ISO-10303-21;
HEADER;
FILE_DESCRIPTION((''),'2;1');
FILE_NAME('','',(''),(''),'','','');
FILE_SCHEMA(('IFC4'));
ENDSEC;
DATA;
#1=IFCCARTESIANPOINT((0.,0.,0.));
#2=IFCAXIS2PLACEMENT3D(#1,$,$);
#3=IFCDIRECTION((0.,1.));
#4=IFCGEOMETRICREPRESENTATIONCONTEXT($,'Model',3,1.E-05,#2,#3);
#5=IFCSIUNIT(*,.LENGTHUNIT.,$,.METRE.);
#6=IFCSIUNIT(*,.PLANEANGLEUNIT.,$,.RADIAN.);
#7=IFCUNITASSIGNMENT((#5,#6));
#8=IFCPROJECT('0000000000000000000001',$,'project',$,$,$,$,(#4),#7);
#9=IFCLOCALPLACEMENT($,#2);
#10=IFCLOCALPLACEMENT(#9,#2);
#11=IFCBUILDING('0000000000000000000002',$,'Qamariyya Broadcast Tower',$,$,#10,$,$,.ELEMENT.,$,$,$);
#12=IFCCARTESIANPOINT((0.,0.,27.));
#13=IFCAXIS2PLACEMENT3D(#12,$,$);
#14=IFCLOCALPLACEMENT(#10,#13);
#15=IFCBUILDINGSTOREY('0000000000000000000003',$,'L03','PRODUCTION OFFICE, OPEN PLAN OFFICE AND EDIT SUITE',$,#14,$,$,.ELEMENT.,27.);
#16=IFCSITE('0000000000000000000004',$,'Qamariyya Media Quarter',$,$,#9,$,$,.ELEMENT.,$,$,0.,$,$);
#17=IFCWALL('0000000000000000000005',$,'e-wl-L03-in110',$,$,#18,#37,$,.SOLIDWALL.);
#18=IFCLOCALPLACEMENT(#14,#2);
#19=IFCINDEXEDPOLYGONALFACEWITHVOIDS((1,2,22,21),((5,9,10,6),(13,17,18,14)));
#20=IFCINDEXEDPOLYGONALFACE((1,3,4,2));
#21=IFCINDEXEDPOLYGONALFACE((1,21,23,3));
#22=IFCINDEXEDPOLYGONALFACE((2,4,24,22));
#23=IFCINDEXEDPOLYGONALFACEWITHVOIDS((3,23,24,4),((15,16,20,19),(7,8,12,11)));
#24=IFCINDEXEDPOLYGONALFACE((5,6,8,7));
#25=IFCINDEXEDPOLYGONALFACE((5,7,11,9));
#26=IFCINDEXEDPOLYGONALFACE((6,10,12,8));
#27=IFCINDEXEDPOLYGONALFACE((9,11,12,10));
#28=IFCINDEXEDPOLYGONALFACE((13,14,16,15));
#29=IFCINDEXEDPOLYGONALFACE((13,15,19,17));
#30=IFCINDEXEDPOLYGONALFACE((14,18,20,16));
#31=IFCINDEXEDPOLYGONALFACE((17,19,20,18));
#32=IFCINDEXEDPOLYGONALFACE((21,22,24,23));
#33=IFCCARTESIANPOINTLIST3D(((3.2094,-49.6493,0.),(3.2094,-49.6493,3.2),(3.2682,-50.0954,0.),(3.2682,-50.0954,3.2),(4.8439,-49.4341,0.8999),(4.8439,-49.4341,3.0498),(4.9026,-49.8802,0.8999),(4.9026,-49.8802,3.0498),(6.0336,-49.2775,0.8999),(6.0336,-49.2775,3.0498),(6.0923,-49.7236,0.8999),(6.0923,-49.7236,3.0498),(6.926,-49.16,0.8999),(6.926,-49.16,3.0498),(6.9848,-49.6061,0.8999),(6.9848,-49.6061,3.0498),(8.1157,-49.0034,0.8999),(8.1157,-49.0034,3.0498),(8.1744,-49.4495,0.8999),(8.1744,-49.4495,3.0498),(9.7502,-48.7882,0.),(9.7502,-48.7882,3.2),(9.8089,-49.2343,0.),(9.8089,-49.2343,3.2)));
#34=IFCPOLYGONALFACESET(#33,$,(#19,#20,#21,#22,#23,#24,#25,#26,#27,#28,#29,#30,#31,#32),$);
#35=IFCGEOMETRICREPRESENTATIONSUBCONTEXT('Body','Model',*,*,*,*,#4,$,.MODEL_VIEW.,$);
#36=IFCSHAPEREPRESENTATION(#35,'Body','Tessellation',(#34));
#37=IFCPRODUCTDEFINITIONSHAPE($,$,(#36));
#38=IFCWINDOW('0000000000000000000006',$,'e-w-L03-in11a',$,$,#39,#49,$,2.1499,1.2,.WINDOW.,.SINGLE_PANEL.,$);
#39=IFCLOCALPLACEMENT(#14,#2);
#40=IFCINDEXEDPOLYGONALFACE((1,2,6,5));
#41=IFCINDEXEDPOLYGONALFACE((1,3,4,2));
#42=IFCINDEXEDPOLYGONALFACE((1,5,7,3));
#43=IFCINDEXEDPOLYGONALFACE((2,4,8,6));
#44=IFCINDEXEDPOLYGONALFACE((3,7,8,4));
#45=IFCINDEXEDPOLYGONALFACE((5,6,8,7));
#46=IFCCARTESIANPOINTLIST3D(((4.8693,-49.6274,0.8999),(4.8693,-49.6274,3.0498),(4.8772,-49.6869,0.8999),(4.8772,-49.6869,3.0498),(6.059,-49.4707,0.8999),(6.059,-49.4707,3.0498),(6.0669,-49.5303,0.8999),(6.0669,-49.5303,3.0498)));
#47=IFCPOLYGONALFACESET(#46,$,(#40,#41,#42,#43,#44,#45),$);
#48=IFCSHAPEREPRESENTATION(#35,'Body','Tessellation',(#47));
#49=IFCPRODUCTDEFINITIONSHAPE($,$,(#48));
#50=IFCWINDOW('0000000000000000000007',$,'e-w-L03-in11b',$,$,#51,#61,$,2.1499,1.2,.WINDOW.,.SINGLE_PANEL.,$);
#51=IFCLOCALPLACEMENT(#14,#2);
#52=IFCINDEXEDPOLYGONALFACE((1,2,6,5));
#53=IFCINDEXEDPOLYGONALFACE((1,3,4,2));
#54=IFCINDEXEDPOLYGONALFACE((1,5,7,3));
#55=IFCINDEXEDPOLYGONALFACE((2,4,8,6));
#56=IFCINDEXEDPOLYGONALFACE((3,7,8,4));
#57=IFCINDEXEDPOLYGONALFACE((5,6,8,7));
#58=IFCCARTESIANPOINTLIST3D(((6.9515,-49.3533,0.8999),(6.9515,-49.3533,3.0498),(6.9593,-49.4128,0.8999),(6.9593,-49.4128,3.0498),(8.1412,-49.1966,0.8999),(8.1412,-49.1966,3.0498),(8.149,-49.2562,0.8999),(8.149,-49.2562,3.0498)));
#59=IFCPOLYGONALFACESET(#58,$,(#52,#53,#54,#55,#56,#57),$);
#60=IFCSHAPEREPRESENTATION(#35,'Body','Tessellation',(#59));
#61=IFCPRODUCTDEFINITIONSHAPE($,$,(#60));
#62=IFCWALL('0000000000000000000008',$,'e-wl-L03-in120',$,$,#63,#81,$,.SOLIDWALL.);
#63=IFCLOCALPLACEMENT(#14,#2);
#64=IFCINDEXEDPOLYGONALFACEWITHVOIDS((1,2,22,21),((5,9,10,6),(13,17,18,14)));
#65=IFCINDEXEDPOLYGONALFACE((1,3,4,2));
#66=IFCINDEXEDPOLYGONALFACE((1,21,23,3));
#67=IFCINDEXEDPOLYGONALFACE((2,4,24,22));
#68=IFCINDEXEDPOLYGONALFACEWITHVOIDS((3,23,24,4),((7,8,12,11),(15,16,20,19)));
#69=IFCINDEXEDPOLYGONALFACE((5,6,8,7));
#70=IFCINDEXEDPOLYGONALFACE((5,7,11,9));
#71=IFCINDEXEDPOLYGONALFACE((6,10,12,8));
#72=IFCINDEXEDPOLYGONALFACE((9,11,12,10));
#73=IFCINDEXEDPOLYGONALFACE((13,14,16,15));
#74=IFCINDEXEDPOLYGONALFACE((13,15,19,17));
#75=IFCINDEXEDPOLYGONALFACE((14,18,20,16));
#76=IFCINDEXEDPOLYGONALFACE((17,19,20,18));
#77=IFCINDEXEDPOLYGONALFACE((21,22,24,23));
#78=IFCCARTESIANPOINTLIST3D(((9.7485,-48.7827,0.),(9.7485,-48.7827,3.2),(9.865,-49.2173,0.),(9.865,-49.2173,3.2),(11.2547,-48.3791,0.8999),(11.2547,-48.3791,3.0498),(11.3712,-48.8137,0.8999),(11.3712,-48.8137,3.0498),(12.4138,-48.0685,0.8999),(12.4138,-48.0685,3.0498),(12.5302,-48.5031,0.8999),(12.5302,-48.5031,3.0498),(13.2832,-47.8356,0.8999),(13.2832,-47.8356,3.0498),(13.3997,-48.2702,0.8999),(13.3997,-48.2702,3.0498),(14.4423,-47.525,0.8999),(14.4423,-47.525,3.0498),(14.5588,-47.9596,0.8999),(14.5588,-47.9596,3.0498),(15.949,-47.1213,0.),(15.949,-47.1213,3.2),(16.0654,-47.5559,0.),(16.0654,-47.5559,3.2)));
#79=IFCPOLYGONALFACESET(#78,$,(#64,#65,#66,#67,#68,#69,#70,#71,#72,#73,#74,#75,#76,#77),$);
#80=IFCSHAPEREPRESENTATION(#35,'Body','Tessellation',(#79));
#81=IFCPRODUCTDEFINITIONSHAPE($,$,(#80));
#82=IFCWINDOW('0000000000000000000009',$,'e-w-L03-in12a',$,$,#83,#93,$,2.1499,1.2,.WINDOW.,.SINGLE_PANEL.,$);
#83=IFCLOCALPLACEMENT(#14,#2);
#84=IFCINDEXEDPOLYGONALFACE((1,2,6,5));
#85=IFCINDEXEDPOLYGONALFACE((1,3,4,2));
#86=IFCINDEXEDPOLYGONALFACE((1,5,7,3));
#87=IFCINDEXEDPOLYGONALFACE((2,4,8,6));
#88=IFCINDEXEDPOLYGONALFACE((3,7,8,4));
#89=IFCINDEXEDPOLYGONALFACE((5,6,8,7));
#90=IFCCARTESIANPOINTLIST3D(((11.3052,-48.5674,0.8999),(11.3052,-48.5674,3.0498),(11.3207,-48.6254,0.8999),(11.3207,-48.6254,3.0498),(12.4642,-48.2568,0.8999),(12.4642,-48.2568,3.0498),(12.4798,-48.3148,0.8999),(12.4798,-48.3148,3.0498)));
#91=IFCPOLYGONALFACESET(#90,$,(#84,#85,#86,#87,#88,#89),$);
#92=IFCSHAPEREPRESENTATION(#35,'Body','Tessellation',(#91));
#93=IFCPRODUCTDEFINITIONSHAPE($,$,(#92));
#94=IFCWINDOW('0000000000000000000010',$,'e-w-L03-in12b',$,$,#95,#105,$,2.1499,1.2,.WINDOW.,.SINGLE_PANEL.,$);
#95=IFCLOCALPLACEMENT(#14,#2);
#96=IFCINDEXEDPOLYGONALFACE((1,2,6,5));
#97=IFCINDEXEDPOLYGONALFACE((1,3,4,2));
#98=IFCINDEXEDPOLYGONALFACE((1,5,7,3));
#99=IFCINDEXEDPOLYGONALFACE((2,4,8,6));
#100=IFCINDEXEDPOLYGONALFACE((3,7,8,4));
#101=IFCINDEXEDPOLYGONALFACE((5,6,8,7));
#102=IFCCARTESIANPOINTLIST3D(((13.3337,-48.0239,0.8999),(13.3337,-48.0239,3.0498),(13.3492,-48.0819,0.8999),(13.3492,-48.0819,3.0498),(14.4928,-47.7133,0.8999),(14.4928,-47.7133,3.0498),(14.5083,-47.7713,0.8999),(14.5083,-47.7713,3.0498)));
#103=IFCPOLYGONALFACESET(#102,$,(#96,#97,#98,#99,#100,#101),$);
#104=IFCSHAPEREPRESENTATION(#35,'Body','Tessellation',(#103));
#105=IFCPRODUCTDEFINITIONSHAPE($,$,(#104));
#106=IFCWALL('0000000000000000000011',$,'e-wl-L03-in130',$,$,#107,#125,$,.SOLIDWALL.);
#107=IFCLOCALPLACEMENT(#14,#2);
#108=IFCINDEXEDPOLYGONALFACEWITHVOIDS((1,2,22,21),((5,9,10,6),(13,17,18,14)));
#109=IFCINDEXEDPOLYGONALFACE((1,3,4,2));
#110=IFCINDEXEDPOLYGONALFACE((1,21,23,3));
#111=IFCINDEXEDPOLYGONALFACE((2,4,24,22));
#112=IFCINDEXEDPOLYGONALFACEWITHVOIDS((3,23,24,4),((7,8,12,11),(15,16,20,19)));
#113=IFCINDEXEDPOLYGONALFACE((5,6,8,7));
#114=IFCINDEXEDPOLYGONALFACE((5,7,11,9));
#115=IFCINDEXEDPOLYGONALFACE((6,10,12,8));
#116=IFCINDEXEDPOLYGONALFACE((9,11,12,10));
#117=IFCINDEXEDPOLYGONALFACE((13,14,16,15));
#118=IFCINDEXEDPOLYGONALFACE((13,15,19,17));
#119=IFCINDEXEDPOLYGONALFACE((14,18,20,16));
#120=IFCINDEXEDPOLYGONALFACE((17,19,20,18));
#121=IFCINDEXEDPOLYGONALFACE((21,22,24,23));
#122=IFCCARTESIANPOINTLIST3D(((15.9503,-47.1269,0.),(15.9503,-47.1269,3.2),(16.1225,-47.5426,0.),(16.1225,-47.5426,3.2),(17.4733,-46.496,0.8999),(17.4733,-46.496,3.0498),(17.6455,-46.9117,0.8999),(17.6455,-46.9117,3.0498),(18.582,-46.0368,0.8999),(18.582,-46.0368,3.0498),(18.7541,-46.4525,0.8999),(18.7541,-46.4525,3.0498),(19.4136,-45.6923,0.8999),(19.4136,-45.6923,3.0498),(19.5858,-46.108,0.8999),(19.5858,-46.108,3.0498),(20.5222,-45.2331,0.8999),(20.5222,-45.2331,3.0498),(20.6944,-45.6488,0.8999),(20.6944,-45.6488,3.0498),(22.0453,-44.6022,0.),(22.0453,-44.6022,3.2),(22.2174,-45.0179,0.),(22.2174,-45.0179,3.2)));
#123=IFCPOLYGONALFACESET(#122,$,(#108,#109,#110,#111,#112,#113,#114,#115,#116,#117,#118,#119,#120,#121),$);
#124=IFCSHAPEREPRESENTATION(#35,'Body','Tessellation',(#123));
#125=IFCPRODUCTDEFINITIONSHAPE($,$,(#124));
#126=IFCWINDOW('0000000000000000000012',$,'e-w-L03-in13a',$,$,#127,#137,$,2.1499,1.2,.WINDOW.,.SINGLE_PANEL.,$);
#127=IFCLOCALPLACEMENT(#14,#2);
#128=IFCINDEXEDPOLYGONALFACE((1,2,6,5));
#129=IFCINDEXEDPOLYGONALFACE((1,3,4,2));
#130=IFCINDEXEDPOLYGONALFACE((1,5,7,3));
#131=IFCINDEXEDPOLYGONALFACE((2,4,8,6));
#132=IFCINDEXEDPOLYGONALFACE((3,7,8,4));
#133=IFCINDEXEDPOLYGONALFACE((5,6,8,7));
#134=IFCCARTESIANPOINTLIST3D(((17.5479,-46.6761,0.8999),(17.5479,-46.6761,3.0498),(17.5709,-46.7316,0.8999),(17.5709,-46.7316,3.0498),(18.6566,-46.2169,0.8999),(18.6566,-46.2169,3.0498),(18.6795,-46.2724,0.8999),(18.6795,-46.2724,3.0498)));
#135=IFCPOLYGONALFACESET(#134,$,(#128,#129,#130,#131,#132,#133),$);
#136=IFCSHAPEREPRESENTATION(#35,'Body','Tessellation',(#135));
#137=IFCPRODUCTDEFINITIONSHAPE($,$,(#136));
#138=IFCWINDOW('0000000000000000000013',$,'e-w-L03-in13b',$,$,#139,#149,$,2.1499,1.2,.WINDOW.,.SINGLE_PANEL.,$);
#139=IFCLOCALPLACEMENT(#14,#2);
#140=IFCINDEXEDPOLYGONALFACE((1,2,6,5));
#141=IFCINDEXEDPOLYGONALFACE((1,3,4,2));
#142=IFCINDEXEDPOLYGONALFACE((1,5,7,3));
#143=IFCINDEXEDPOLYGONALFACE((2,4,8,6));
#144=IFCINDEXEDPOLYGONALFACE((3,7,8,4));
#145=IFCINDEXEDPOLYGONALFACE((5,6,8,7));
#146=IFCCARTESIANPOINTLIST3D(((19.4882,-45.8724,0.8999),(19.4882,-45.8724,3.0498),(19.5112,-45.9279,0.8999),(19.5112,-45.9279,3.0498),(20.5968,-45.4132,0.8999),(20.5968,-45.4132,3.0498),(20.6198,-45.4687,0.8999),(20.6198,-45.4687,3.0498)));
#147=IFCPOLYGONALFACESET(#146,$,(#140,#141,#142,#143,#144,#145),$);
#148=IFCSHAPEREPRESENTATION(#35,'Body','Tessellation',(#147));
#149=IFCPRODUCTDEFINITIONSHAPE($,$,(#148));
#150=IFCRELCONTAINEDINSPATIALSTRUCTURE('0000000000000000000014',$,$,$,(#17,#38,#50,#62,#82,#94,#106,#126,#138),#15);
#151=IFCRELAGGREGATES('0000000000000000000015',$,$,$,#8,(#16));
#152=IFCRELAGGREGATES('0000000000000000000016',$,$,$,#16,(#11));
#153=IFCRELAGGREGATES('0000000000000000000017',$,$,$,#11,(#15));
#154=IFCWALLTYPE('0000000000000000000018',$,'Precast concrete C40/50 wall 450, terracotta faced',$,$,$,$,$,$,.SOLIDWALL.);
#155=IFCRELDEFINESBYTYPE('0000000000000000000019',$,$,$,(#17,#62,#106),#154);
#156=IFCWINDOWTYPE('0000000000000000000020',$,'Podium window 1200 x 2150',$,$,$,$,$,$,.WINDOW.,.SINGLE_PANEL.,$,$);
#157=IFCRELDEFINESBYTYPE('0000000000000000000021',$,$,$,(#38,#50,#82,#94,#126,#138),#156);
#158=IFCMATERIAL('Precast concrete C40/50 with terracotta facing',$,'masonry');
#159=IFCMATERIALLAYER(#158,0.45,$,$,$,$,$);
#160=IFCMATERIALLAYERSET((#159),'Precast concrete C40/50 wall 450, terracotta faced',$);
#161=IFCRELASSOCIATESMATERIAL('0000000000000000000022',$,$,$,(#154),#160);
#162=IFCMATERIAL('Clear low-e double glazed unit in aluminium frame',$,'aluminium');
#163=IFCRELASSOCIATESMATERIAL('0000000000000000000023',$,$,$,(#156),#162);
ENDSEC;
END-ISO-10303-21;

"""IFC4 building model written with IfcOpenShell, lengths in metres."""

from ifc_helpers import new_model, si_unit, direction, frame, frame_2d, origin, place, context, subcontext, project, spatial, rectangle, extrude, material, layer, layer_set, type_object, element, fill, save


model = new_model("IFC4")

# Units and contexts
model_context = context("Model", 3, precision=1e-05, world=origin(), true_north=direction((0.0, 1.0)))
body_context = subcontext(model_context, "Body", "Model", "MODEL_VIEW")
ifc_project = project(units=[si_unit("LENGTHUNIT", "METRE"), si_unit("PLANEANGLEUNIT", "RADIAN")], contexts=[model_context])

# Site, building, storey
site_placement = place(None, origin())
site = spatial("IfcSite", under=ifc_project, at=site_placement, Name="Qamariyya Media Quarter", CompositionType="ELEMENT", RefElevation=0.0)
building_placement = place(site_placement, origin())
building = spatial("IfcBuilding", under=site, at=building_placement, Name="Qamariyya Broadcast Tower", CompositionType="ELEMENT")
storey_placement = place(building_placement, frame((0.0, 0.0, 27.0)))
storey = spatial("IfcBuildingStorey", under=building, at=storey_placement, Name="L03", Description="PRODUCTION OFFICE, OPEN PLAN OFFICE AND EDIT SUITE", CompositionType="ELEMENT", Elevation=27.0)

# Walls, openings, windows
ifc_material_1 = material(Name="Precast concrete C40/50 with terracotta facing", Category="masonry")
ifc_layer_1 = layer(ifc_material_1, 0.45)
ifc_layer_set_1 = layer_set([ifc_layer_1], Name="Precast concrete C40/50 wall 450, terracotta faced")
wall_type_1 = type_object("IfcWallType", Name="Precast concrete C40/50 wall 450, terracotta faced", PredefinedType="SOLIDWALL", material=ifc_layer_set_1)
ifc_material_2 = material(Name="Clear low-e double glazed unit in aluminium frame", Category="aluminium")
window_type = type_object("IfcWindowType", Name="Podium window 1200 x 2150", PartitioningType="SINGLE_PANEL", PredefinedType="WINDOW", material=ifc_material_2)
wall_1_placement = place(storey_placement, frame((9.7795, -49.0112, 0.0), z_axis=(0.0, 0.0, 1.0), x_axis=(-0.991445, -0.130522, 0.0)))
wall_1 = element("IfcWall", 1, at=wall_1_placement, inside=storey, type_object=wall_type_1, Name="e-wl-L03-in110", PredefinedType="SOLIDWALL", context=body_context, shape_type="SweptSolid", body=[
    extrude(rectangle(XDim=6.5972, YDim=0.45, at=frame_2d((3.2986, 0.0))), origin(), (0.0, 0.0, 1.0), 3.2),
])
opening_1_placement = place(wall_1_placement, frame((3.7485, 0.0, 0.8999)))
opening_1 = element("IfcOpeningElement", 2, at=opening_1_placement, cuts=wall_1, PredefinedType="OPENING", context=body_context, shape_type="SweptSolid", body=[
    extrude(rectangle(XDim=1.2, YDim=2.1499, at=frame_2d((0.6001, 1.075))), frame((0.0, 0.2349, 0.0), z_axis=(0.0, -1.0, 0.0), x_axis=(1.0, 0.0, 0.0)), (0.0, 0.0, 1.0), 0.47),
])
opening_2_placement = place(wall_1_placement, frame((1.6484, 0.0, 0.8999)))
opening_2 = element("IfcOpeningElement", 3, at=opening_2_placement, cuts=wall_1, PredefinedType="OPENING", context=body_context, shape_type="SweptSolid", body=[
    extrude(rectangle(XDim=1.2, YDim=2.1499, at=frame_2d((0.6001, 1.075))), frame((0.0, 0.2349, 0.0), z_axis=(0.0, -1.0, 0.0), x_axis=(1.0, 0.0, 0.0)), (0.0, 0.0, 1.0), 0.47),
])
window_1_placement = place(opening_1_placement, origin())
window_1 = element("IfcWindow", 4, at=window_1_placement, inside=storey, type_object=window_type, Name="e-w-L03-in11a", OverallHeight=2.1499, OverallWidth=1.2, PartitioningType="SINGLE_PANEL", PredefinedType="WINDOW", context=body_context, shape_type="SweptSolid", body=[
    extrude(rectangle(XDim=1.2, YDim=2.1499, at=frame_2d((0.6001, 1.075))), frame((0.0, 0.03, 0.0), z_axis=(0.0, -1.0, 0.0), x_axis=(1.0, 0.0, 0.0)), (0.0, 0.0, 1.0), 0.0601),
])
fill(opening_1, window_1)
window_2_placement = place(opening_2_placement, origin())
window_2 = element("IfcWindow", 5, at=window_2_placement, inside=storey, type_object=window_type, Name="e-w-L03-in11b", OverallHeight=2.1499, OverallWidth=1.2, PartitioningType="SINGLE_PANEL", PredefinedType="WINDOW", context=body_context, shape_type="SweptSolid", body=[
    extrude(rectangle(XDim=1.2, YDim=2.1499, at=frame_2d((0.6001, 1.075))), frame((0.0, 0.03, 0.0), z_axis=(0.0, -1.0, 0.0), x_axis=(1.0, 0.0, 0.0)), (0.0, 0.0, 1.0), 0.0601),
])
fill(opening_2, window_2)
wall_2_placement = place(storey_placement, frame((16.0071, -47.3386, 0.0), z_axis=(0.0, 0.0, 1.0), x_axis=(-0.965927, -0.258815, 0.0)))
wall_2 = element("IfcWall", 6, at=wall_2_placement, inside=storey, type_object=wall_type_1, Name="e-wl-L03-in120", PredefinedType="SOLIDWALL", context=body_context, shape_type="SweptSolid", body=[
    extrude(rectangle(XDim=6.4192, YDim=0.45, at=frame_2d((3.2095, 0.0))), origin(), (0.0, 0.0, 1.0), 3.2),
])
opening_3_placement = place(wall_2_placement, frame((3.6597, 0.0, 0.8999)))
opening_3 = element("IfcOpeningElement", 7, at=opening_3_placement, cuts=wall_2, PredefinedType="OPENING", context=body_context, shape_type="SweptSolid", body=[
    extrude(rectangle(XDim=1.2, YDim=2.1499, at=frame_2d((0.6001, 1.075))), frame((0.0, 0.2349, 0.0), z_axis=(0.0, -1.0, 0.0), x_axis=(1.0, 0.0, 0.0)), (0.0, 0.0, 1.0), 0.47),
])
opening_4_placement = place(wall_2_placement, frame((1.5596, 0.0, 0.8999)))
opening_4 = element("IfcOpeningElement", 8, at=opening_4_placement, cuts=wall_2, PredefinedType="OPENING", context=body_context, shape_type="SweptSolid", body=[
    extrude(rectangle(XDim=1.2, YDim=2.1499, at=frame_2d((0.6001, 1.075))), frame((0.0, 0.2349, 0.0), z_axis=(0.0, -1.0, 0.0), x_axis=(1.0, 0.0, 0.0)), (0.0, 0.0, 1.0), 0.47),
])
window_3_placement = place(opening_3_placement, origin())
window_3 = element("IfcWindow", 9, at=window_3_placement, inside=storey, type_object=window_type, Name="e-w-L03-in12a", OverallHeight=2.1499, OverallWidth=1.2, PartitioningType="SINGLE_PANEL", PredefinedType="WINDOW", context=body_context, shape_type="SweptSolid", body=[
    extrude(rectangle(XDim=1.2, YDim=2.1499, at=frame_2d((0.6001, 1.075))), frame((0.0, 0.03, 0.0), z_axis=(0.0, -1.0, 0.0), x_axis=(1.0, 0.0, 0.0)), (0.0, 0.0, 1.0), 0.0601),
])
fill(opening_3, window_3)
window_4_placement = place(opening_4_placement, origin())
window_4 = element("IfcWindow", 10, at=window_4_placement, inside=storey, type_object=window_type, Name="e-w-L03-in12b", OverallHeight=2.1499, OverallWidth=1.2, PartitioningType="SINGLE_PANEL", PredefinedType="WINDOW", context=body_context, shape_type="SweptSolid", body=[
    extrude(rectangle(XDim=1.2, YDim=2.1499, at=frame_2d((0.6001, 1.075))), frame((0.0, 0.03, 0.0), z_axis=(0.0, -1.0, 0.0), x_axis=(1.0, 0.0, 0.0)), (0.0, 0.0, 1.0), 0.0601),
])
fill(opening_4, window_4)
wall_3_placement = place(storey_placement, frame((22.1313, -44.8101, 0.0), z_axis=(0.0, 0.0, 1.0), x_axis=(-0.923877, -0.382688, 0.0)))
wall_3 = element("IfcWall", 11, at=wall_3_placement, inside=storey, type_object=wall_type_1, Name="e-wl-L03-in130", PredefinedType="SOLIDWALL", context=body_context, shape_type="SweptSolid", body=[
    extrude(rectangle(XDim=6.5972, YDim=0.45, at=frame_2d((3.2986, 0.0))), origin(), (0.0, 0.0, 1.0), 3.2),
])
opening_5_placement = place(wall_3_placement, frame((3.7485, 0.0, 0.8999)))
opening_5 = element("IfcOpeningElement", 12, at=opening_5_placement, cuts=wall_3, PredefinedType="OPENING", context=body_context, shape_type="SweptSolid", body=[
    extrude(rectangle(XDim=1.2, YDim=2.1499, at=frame_2d((0.6001, 1.075))), frame((0.0, 0.2349, 0.0), z_axis=(0.0, -1.0, 0.0), x_axis=(1.0, 0.0, 0.0)), (0.0, 0.0, 1.0), 0.47),
])
opening_6_placement = place(wall_3_placement, frame((1.6484, 0.0, 0.8999)))
opening_6 = element("IfcOpeningElement", 13, at=opening_6_placement, cuts=wall_3, PredefinedType="OPENING", context=body_context, shape_type="SweptSolid", body=[
    extrude(rectangle(XDim=1.2, YDim=2.1499, at=frame_2d((0.6001, 1.075))), frame((0.0, 0.2349, 0.0), z_axis=(0.0, -1.0, 0.0), x_axis=(1.0, 0.0, 0.0)), (0.0, 0.0, 1.0), 0.47),
])
window_5_placement = place(opening_5_placement, origin())
window_5 = element("IfcWindow", 14, at=window_5_placement, inside=storey, type_object=window_type, Name="e-w-L03-in13a", OverallHeight=2.1499, OverallWidth=1.2, PartitioningType="SINGLE_PANEL", PredefinedType="WINDOW", context=body_context, shape_type="SweptSolid", body=[
    extrude(rectangle(XDim=1.2, YDim=2.1499, at=frame_2d((0.6001, 1.075))), frame((0.0, 0.03, 0.0), z_axis=(0.0, -1.0, 0.0), x_axis=(1.0, 0.0, 0.0)), (0.0, 0.0, 1.0), 0.0601),
])
fill(opening_5, window_5)
window_6_placement = place(opening_6_placement, origin())
window_6 = element("IfcWindow", 15, at=window_6_placement, inside=storey, type_object=window_type, Name="e-w-L03-in13b", OverallHeight=2.1499, OverallWidth=1.2, PartitioningType="SINGLE_PANEL", PredefinedType="WINDOW", context=body_context, shape_type="SweptSolid", body=[
    extrude(rectangle(XDim=1.2, YDim=2.1499, at=frame_2d((0.6001, 1.075))), frame((0.0, 0.03, 0.0), z_axis=(0.0, -1.0, 0.0), x_axis=(1.0, 0.0, 0.0)), (0.0, 0.0, 1.0), 0.0601),
])
fill(opening_6, window_6)

save(model, "model.ifc")
